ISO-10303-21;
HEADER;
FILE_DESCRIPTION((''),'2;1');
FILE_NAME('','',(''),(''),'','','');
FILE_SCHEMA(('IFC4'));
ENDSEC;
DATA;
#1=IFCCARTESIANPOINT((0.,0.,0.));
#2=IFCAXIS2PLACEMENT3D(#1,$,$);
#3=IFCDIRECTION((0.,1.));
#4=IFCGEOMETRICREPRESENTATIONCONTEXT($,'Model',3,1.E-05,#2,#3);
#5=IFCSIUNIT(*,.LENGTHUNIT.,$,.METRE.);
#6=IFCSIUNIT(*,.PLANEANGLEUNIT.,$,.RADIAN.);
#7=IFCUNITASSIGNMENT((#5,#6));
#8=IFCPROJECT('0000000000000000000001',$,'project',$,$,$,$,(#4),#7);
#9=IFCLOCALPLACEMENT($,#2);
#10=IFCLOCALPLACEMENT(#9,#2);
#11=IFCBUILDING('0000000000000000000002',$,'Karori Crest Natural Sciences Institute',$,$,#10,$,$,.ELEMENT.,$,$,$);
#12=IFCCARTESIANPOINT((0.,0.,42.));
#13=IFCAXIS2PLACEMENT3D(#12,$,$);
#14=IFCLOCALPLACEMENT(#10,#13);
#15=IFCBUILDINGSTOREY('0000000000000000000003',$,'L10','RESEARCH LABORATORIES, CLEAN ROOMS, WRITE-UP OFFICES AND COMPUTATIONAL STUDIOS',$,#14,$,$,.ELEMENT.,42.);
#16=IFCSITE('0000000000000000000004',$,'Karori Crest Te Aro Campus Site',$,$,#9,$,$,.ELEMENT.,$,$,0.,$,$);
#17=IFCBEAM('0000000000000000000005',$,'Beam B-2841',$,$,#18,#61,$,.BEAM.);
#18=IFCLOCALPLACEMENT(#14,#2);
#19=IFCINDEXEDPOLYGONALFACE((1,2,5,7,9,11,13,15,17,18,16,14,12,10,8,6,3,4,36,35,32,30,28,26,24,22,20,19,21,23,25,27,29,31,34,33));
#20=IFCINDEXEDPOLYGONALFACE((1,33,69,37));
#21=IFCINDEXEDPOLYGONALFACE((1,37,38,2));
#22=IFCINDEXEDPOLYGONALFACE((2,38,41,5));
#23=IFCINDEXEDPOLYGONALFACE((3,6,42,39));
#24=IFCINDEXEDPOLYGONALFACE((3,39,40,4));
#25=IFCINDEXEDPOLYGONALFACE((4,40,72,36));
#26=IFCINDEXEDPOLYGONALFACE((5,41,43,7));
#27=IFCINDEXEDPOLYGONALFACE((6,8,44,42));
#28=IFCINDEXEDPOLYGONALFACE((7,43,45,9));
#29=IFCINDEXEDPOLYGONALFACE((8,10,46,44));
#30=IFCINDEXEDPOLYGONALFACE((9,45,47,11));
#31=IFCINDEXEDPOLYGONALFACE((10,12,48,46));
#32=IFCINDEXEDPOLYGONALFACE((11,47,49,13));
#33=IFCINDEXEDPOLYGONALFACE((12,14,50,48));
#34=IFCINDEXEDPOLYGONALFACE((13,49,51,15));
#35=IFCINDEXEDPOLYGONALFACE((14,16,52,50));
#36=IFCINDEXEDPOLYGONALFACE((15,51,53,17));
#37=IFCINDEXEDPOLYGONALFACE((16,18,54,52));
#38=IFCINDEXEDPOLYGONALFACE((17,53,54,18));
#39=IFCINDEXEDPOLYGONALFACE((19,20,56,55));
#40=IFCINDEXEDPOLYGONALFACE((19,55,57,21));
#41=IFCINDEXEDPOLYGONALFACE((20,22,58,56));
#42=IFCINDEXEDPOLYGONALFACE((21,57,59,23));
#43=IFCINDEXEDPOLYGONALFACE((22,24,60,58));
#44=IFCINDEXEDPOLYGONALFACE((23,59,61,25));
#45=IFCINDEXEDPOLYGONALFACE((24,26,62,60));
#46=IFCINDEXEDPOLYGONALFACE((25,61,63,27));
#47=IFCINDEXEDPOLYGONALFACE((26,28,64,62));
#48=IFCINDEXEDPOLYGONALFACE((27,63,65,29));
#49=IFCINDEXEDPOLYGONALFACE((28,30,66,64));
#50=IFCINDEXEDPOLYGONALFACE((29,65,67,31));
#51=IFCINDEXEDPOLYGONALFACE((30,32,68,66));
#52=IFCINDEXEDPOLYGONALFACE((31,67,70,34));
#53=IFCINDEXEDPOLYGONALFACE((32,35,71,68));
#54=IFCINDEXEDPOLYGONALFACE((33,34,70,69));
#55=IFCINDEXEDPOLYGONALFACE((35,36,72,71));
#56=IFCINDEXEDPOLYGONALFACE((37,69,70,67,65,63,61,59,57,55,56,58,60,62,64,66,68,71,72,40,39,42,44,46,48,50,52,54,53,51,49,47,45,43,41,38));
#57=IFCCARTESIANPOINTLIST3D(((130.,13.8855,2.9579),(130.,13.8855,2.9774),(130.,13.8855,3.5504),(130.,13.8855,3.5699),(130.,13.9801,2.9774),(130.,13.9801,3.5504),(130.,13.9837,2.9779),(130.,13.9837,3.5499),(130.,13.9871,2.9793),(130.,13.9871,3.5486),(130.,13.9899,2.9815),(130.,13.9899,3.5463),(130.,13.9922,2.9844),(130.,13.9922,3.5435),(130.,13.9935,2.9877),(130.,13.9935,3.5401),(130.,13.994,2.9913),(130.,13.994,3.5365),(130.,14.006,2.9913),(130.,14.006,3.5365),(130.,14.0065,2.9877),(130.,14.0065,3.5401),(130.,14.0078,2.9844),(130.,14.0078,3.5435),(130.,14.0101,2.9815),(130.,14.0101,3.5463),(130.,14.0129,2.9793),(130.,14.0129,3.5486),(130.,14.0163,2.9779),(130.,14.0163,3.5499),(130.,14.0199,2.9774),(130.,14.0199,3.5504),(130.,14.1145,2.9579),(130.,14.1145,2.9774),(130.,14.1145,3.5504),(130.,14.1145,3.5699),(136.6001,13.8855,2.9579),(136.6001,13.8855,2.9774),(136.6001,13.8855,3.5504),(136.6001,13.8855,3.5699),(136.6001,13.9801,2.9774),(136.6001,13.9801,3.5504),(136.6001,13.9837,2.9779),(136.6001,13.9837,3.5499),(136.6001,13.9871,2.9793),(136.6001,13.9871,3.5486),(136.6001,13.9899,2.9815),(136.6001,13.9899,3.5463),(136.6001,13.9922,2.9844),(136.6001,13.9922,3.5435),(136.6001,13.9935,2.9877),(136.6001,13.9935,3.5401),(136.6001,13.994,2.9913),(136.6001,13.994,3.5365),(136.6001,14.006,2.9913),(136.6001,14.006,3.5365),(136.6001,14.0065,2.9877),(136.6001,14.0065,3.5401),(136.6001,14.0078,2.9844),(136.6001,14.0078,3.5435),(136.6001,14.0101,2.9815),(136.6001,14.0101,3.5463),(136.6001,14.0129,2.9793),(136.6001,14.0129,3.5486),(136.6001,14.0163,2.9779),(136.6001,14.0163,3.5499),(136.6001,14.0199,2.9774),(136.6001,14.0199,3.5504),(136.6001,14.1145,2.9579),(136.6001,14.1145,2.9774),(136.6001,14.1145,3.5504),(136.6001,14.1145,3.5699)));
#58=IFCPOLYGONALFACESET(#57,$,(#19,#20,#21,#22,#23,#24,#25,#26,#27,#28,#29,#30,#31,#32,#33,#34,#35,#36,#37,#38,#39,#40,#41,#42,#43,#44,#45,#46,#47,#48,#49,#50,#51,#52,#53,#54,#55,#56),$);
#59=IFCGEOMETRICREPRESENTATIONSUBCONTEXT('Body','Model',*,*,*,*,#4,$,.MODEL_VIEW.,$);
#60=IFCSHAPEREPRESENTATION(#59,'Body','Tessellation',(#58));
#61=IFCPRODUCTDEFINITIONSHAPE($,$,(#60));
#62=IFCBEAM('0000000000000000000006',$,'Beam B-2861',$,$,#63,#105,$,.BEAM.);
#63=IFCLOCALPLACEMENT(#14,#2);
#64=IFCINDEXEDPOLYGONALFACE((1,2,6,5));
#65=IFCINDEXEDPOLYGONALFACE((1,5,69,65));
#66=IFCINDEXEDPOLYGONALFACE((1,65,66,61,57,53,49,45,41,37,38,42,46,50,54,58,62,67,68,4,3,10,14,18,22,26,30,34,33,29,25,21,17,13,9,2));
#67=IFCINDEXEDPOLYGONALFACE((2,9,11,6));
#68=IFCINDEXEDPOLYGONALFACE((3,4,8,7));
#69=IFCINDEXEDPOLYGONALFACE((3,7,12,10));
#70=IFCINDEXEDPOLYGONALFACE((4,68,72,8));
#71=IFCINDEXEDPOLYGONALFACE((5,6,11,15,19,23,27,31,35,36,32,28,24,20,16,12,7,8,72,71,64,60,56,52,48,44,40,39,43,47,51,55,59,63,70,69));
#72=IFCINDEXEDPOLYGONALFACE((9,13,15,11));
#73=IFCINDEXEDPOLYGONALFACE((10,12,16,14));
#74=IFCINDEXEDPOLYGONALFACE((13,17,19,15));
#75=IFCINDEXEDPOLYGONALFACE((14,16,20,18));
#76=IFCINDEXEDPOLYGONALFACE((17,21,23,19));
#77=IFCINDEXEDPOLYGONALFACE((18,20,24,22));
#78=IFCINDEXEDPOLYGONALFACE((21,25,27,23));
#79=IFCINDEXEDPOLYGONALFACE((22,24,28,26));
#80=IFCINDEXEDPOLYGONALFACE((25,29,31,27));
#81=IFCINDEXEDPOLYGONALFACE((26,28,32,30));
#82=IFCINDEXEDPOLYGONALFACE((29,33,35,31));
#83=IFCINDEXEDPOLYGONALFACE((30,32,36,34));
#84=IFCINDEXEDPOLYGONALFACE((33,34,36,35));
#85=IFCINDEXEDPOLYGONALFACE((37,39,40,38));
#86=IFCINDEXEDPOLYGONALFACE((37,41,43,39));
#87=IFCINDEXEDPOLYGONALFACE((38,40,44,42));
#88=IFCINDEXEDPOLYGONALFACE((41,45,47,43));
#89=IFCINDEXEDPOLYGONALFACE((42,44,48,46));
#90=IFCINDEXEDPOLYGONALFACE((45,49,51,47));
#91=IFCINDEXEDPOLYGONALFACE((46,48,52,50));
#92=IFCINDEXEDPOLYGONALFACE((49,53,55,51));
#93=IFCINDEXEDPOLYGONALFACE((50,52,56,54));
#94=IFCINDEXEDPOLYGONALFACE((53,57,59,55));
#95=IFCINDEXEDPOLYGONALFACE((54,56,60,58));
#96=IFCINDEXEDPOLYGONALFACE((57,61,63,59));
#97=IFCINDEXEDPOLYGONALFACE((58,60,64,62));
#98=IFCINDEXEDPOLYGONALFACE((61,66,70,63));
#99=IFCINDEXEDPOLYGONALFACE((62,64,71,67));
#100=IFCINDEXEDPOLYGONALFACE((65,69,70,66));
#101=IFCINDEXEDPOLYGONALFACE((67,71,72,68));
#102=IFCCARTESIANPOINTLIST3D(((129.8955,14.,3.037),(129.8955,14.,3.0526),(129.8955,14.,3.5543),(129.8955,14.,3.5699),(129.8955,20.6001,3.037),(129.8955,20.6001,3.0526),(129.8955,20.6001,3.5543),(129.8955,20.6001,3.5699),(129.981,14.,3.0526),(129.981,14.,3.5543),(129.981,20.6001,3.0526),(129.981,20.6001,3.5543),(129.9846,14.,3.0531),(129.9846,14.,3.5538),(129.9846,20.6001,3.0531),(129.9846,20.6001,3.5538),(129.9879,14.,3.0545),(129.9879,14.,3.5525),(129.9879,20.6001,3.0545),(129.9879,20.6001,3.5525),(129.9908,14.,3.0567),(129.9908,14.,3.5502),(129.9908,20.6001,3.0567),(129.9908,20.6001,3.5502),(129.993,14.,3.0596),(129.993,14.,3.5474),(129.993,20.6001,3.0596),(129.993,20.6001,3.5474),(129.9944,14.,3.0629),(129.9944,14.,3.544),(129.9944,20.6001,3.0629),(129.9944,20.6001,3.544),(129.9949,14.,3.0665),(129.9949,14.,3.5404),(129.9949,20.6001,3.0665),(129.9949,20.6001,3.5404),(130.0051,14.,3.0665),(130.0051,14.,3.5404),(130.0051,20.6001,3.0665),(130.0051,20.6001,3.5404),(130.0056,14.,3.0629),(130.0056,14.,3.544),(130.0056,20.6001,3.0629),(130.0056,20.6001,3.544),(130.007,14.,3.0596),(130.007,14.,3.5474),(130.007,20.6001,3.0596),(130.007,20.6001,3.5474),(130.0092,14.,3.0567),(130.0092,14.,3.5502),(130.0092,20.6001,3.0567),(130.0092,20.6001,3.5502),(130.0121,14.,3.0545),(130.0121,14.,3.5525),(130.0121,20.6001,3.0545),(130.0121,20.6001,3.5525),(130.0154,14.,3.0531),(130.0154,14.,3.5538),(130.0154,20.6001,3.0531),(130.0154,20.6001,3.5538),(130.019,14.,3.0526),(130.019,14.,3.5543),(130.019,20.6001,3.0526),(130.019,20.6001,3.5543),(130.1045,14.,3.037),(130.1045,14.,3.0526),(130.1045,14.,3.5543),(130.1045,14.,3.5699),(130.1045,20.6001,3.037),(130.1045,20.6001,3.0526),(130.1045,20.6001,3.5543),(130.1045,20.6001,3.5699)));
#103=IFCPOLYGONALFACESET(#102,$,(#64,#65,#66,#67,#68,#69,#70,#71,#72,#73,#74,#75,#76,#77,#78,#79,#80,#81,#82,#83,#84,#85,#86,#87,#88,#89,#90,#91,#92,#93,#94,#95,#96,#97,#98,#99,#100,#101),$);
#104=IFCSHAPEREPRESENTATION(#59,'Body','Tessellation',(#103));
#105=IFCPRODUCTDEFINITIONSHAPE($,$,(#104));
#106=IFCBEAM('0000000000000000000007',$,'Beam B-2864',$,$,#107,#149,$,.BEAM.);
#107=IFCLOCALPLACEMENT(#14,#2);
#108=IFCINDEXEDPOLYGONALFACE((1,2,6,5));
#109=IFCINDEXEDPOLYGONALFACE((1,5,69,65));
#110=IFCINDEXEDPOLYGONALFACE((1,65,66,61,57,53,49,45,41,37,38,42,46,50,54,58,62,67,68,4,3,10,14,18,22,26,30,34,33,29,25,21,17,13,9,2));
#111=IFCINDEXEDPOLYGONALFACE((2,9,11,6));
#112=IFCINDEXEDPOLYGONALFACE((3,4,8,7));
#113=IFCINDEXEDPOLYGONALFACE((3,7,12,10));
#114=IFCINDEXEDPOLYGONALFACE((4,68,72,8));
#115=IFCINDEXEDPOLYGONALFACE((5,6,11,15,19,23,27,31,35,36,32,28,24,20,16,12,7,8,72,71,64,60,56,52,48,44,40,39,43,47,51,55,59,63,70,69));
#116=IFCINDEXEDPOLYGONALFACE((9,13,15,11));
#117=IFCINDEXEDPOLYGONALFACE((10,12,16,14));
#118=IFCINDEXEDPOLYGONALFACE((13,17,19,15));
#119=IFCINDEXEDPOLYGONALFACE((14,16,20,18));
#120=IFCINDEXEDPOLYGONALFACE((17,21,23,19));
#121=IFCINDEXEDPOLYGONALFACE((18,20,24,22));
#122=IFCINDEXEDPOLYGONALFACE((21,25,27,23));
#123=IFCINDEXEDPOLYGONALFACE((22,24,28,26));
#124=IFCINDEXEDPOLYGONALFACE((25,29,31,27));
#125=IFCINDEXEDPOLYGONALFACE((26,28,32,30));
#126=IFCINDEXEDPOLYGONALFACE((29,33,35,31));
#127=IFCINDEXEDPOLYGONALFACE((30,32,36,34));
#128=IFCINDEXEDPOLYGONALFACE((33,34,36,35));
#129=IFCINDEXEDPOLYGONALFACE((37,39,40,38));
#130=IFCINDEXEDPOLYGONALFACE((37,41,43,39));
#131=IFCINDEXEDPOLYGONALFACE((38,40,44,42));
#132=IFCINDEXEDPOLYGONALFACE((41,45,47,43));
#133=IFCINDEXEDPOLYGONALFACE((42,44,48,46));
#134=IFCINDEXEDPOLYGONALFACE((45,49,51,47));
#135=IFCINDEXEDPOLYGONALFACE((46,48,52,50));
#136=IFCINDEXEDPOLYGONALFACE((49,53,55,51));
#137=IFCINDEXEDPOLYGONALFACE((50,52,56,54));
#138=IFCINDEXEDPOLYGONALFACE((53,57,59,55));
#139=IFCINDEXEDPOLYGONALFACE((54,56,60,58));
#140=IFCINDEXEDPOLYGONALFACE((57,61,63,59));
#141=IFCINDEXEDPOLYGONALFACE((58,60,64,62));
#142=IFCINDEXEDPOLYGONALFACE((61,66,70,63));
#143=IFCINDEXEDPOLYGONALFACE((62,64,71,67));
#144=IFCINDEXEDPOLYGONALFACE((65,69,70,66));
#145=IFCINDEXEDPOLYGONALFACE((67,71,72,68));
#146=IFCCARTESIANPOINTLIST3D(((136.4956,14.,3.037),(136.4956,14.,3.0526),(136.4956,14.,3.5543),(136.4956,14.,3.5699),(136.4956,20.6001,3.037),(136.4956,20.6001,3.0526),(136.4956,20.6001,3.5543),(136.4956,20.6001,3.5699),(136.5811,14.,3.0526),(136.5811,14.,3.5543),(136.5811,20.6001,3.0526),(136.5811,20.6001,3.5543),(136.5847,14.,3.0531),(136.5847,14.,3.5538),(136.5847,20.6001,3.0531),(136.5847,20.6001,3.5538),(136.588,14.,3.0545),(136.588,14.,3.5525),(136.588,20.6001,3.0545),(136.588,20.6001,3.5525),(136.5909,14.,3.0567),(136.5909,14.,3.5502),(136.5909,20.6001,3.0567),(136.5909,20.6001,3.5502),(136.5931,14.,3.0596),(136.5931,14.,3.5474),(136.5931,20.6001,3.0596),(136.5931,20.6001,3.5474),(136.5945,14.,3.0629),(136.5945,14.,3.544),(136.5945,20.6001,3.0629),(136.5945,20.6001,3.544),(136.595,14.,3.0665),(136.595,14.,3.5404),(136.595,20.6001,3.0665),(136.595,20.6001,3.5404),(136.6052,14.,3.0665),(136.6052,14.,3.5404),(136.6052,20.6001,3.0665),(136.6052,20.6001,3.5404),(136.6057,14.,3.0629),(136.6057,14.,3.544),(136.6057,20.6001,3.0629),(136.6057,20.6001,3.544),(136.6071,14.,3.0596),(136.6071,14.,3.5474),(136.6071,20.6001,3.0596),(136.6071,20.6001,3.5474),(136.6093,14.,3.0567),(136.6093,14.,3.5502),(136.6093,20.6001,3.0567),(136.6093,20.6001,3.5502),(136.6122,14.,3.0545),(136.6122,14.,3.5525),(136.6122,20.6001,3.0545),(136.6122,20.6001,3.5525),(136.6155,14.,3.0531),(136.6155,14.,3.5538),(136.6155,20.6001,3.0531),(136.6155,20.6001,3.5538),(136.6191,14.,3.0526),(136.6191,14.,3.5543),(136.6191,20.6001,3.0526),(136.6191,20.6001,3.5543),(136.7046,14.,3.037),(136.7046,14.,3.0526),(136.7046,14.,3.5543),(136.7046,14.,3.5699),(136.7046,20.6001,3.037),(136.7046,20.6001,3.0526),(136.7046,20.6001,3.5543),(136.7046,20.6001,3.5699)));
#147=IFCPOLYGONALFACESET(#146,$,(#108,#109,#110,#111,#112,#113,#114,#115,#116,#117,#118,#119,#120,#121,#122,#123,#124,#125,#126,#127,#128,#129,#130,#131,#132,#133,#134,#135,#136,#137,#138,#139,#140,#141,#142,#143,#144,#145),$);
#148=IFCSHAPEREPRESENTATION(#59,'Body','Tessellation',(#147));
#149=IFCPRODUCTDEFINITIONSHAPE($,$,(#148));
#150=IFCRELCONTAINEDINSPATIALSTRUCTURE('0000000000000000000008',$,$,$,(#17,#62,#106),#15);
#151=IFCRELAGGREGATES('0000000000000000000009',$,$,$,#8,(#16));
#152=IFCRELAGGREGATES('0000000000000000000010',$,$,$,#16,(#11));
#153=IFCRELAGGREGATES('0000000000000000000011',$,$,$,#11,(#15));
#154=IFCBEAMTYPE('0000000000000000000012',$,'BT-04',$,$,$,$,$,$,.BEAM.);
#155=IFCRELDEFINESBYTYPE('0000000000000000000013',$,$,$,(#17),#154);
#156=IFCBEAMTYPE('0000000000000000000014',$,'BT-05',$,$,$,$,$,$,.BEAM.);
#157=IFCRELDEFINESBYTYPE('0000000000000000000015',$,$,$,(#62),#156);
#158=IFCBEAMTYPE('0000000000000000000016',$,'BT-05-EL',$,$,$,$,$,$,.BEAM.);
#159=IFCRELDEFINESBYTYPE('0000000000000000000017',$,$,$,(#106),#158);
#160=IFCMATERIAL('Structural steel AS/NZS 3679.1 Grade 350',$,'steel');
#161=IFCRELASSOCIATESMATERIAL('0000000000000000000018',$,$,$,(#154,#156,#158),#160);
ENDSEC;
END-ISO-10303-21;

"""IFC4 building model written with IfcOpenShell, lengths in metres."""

from ifc_helpers import new_model, si_unit, direction, frame, origin, origin_2d, place, context, subcontext, project, spatial, i_section, extrude, material, material_profile, profile_set, type_object, element, save


model = new_model("IFC4")

# Units and contexts
model_context = context("Model", 3, precision=1e-05, world=origin(), true_north=direction((0.0, 1.0)))
body_context = subcontext(model_context, "Body", "Model", "MODEL_VIEW")
ifc_project = project(units=[si_unit("LENGTHUNIT", "METRE"), si_unit("PLANEANGLEUNIT", "RADIAN")], contexts=[model_context])

# Site, building, storey
site_placement = place(None, origin())
site = spatial("IfcSite", under=ifc_project, at=site_placement, Name="Karori Crest Te Aro Campus Site", CompositionType="ELEMENT", RefElevation=0.0)
building_placement = place(site_placement, origin())
building = spatial("IfcBuilding", under=site, at=building_placement, Name="Karori Crest Natural Sciences Institute", CompositionType="ELEMENT")
storey_placement = place(building_placement, frame((0.0, 0.0, 42.0)))
storey = spatial("IfcBuildingStorey", under=building, at=storey_placement, Name="L10", Description="RESEARCH LABORATORIES, CLEAN ROOMS, WRITE-UP OFFICES AND COMPUTATIONAL STUDIOS", CompositionType="ELEMENT", Elevation=42.0)

# Shared definitions
ifc_material_1 = material(Name="Structural steel AS/NZS 3679.1 Grade 350", Category="steel")

# Beams
ifc_material_profile_1 = material_profile(ifc_material_1, i_section(OverallWidth=0.229, OverallDepth=0.6121, WebThickness=0.012, FlangeThickness=0.0195, FilletRadius=0.0139, at=origin_2d()), Name="610UB125")
ifc_profile_set_1 = profile_set([ifc_material_profile_1], Name="Structural steel AS/NZS 3679.1 Grade 350")
beam_type_1 = type_object("IfcBeamType", Name="BT-04", PredefinedType="BEAM", material=ifc_profile_set_1)
beam_1_placement = place(storey_placement, frame((130.0, 14.0, 3.2639), z_axis=(1.0, 0.0, 0.0), x_axis=(0.0, 1.0, 0.0)))
element("IfcBeam", 1, at=beam_1_placement, inside=storey, type_object=beam_type_1, Name="Beam B-2841", PredefinedType="BEAM", context=body_context, shape_type="SweptSolid", body=[
    extrude(i_section(OverallWidth=0.229, OverallDepth=0.6121, WebThickness=0.012, FlangeThickness=0.0195, FilletRadius=0.0139, at=origin_2d()), origin(), (0.0, 0.0, 1.0), 6.6001),
])
ifc_material_profile_2 = material_profile(ifc_material_1, i_section(OverallWidth=0.209, OverallDepth=0.533, WebThickness=0.0103, FlangeThickness=0.0156, FilletRadius=0.0139, at=origin_2d()), Name="530UB92.4")
ifc_profile_set_2 = profile_set([ifc_material_profile_2], Name="Structural steel AS/NZS 3679.1 Grade 350")
beam_type_2 = type_object("IfcBeamType", Name="BT-05", PredefinedType="BEAM", material=ifc_profile_set_2)
beam_2_placement = place(storey_placement, frame((130.0, 14.0, 3.3035), z_axis=(0.0, 1.0, 0.0), x_axis=(-1.0, 0.0, 0.0)))
element("IfcBeam", 2, at=beam_2_placement, inside=storey, type_object=beam_type_2, Name="Beam B-2861", PredefinedType="BEAM", context=body_context, shape_type="SweptSolid", body=[
    extrude(i_section(OverallWidth=0.209, OverallDepth=0.533, WebThickness=0.0103, FlangeThickness=0.0156, FilletRadius=0.0139, at=origin_2d()), origin(), (0.0, 0.0, 1.0), 6.6001),
])
ifc_material_profile_3 = material_profile(ifc_material_1, i_section(OverallWidth=0.209, OverallDepth=0.533, WebThickness=0.0103, FlangeThickness=0.0156, FilletRadius=0.0139, at=origin_2d()), Name="530UB92.4")
ifc_profile_set_3 = profile_set([ifc_material_profile_3], Name="Structural steel AS/NZS 3679.1 Grade 350")
beam_type_3 = type_object("IfcBeamType", Name="BT-05-EL", PredefinedType="BEAM", material=ifc_profile_set_3)
beam_3_placement = place(storey_placement, frame((136.6001, 14.0, 3.3035), z_axis=(0.0, 1.0, 0.0), x_axis=(-1.0, 0.0, 0.0)))
element("IfcBeam", 3, at=beam_3_placement, inside=storey, type_object=beam_type_3, Name="Beam B-2864", PredefinedType="BEAM", context=body_context, shape_type="SweptSolid", body=[
    extrude(i_section(OverallWidth=0.209, OverallDepth=0.533, WebThickness=0.0103, FlangeThickness=0.0156, FilletRadius=0.0139, at=origin_2d()), origin(), (0.0, 0.0, 1.0), 6.6001),
])

save(model, "model.ifc")
